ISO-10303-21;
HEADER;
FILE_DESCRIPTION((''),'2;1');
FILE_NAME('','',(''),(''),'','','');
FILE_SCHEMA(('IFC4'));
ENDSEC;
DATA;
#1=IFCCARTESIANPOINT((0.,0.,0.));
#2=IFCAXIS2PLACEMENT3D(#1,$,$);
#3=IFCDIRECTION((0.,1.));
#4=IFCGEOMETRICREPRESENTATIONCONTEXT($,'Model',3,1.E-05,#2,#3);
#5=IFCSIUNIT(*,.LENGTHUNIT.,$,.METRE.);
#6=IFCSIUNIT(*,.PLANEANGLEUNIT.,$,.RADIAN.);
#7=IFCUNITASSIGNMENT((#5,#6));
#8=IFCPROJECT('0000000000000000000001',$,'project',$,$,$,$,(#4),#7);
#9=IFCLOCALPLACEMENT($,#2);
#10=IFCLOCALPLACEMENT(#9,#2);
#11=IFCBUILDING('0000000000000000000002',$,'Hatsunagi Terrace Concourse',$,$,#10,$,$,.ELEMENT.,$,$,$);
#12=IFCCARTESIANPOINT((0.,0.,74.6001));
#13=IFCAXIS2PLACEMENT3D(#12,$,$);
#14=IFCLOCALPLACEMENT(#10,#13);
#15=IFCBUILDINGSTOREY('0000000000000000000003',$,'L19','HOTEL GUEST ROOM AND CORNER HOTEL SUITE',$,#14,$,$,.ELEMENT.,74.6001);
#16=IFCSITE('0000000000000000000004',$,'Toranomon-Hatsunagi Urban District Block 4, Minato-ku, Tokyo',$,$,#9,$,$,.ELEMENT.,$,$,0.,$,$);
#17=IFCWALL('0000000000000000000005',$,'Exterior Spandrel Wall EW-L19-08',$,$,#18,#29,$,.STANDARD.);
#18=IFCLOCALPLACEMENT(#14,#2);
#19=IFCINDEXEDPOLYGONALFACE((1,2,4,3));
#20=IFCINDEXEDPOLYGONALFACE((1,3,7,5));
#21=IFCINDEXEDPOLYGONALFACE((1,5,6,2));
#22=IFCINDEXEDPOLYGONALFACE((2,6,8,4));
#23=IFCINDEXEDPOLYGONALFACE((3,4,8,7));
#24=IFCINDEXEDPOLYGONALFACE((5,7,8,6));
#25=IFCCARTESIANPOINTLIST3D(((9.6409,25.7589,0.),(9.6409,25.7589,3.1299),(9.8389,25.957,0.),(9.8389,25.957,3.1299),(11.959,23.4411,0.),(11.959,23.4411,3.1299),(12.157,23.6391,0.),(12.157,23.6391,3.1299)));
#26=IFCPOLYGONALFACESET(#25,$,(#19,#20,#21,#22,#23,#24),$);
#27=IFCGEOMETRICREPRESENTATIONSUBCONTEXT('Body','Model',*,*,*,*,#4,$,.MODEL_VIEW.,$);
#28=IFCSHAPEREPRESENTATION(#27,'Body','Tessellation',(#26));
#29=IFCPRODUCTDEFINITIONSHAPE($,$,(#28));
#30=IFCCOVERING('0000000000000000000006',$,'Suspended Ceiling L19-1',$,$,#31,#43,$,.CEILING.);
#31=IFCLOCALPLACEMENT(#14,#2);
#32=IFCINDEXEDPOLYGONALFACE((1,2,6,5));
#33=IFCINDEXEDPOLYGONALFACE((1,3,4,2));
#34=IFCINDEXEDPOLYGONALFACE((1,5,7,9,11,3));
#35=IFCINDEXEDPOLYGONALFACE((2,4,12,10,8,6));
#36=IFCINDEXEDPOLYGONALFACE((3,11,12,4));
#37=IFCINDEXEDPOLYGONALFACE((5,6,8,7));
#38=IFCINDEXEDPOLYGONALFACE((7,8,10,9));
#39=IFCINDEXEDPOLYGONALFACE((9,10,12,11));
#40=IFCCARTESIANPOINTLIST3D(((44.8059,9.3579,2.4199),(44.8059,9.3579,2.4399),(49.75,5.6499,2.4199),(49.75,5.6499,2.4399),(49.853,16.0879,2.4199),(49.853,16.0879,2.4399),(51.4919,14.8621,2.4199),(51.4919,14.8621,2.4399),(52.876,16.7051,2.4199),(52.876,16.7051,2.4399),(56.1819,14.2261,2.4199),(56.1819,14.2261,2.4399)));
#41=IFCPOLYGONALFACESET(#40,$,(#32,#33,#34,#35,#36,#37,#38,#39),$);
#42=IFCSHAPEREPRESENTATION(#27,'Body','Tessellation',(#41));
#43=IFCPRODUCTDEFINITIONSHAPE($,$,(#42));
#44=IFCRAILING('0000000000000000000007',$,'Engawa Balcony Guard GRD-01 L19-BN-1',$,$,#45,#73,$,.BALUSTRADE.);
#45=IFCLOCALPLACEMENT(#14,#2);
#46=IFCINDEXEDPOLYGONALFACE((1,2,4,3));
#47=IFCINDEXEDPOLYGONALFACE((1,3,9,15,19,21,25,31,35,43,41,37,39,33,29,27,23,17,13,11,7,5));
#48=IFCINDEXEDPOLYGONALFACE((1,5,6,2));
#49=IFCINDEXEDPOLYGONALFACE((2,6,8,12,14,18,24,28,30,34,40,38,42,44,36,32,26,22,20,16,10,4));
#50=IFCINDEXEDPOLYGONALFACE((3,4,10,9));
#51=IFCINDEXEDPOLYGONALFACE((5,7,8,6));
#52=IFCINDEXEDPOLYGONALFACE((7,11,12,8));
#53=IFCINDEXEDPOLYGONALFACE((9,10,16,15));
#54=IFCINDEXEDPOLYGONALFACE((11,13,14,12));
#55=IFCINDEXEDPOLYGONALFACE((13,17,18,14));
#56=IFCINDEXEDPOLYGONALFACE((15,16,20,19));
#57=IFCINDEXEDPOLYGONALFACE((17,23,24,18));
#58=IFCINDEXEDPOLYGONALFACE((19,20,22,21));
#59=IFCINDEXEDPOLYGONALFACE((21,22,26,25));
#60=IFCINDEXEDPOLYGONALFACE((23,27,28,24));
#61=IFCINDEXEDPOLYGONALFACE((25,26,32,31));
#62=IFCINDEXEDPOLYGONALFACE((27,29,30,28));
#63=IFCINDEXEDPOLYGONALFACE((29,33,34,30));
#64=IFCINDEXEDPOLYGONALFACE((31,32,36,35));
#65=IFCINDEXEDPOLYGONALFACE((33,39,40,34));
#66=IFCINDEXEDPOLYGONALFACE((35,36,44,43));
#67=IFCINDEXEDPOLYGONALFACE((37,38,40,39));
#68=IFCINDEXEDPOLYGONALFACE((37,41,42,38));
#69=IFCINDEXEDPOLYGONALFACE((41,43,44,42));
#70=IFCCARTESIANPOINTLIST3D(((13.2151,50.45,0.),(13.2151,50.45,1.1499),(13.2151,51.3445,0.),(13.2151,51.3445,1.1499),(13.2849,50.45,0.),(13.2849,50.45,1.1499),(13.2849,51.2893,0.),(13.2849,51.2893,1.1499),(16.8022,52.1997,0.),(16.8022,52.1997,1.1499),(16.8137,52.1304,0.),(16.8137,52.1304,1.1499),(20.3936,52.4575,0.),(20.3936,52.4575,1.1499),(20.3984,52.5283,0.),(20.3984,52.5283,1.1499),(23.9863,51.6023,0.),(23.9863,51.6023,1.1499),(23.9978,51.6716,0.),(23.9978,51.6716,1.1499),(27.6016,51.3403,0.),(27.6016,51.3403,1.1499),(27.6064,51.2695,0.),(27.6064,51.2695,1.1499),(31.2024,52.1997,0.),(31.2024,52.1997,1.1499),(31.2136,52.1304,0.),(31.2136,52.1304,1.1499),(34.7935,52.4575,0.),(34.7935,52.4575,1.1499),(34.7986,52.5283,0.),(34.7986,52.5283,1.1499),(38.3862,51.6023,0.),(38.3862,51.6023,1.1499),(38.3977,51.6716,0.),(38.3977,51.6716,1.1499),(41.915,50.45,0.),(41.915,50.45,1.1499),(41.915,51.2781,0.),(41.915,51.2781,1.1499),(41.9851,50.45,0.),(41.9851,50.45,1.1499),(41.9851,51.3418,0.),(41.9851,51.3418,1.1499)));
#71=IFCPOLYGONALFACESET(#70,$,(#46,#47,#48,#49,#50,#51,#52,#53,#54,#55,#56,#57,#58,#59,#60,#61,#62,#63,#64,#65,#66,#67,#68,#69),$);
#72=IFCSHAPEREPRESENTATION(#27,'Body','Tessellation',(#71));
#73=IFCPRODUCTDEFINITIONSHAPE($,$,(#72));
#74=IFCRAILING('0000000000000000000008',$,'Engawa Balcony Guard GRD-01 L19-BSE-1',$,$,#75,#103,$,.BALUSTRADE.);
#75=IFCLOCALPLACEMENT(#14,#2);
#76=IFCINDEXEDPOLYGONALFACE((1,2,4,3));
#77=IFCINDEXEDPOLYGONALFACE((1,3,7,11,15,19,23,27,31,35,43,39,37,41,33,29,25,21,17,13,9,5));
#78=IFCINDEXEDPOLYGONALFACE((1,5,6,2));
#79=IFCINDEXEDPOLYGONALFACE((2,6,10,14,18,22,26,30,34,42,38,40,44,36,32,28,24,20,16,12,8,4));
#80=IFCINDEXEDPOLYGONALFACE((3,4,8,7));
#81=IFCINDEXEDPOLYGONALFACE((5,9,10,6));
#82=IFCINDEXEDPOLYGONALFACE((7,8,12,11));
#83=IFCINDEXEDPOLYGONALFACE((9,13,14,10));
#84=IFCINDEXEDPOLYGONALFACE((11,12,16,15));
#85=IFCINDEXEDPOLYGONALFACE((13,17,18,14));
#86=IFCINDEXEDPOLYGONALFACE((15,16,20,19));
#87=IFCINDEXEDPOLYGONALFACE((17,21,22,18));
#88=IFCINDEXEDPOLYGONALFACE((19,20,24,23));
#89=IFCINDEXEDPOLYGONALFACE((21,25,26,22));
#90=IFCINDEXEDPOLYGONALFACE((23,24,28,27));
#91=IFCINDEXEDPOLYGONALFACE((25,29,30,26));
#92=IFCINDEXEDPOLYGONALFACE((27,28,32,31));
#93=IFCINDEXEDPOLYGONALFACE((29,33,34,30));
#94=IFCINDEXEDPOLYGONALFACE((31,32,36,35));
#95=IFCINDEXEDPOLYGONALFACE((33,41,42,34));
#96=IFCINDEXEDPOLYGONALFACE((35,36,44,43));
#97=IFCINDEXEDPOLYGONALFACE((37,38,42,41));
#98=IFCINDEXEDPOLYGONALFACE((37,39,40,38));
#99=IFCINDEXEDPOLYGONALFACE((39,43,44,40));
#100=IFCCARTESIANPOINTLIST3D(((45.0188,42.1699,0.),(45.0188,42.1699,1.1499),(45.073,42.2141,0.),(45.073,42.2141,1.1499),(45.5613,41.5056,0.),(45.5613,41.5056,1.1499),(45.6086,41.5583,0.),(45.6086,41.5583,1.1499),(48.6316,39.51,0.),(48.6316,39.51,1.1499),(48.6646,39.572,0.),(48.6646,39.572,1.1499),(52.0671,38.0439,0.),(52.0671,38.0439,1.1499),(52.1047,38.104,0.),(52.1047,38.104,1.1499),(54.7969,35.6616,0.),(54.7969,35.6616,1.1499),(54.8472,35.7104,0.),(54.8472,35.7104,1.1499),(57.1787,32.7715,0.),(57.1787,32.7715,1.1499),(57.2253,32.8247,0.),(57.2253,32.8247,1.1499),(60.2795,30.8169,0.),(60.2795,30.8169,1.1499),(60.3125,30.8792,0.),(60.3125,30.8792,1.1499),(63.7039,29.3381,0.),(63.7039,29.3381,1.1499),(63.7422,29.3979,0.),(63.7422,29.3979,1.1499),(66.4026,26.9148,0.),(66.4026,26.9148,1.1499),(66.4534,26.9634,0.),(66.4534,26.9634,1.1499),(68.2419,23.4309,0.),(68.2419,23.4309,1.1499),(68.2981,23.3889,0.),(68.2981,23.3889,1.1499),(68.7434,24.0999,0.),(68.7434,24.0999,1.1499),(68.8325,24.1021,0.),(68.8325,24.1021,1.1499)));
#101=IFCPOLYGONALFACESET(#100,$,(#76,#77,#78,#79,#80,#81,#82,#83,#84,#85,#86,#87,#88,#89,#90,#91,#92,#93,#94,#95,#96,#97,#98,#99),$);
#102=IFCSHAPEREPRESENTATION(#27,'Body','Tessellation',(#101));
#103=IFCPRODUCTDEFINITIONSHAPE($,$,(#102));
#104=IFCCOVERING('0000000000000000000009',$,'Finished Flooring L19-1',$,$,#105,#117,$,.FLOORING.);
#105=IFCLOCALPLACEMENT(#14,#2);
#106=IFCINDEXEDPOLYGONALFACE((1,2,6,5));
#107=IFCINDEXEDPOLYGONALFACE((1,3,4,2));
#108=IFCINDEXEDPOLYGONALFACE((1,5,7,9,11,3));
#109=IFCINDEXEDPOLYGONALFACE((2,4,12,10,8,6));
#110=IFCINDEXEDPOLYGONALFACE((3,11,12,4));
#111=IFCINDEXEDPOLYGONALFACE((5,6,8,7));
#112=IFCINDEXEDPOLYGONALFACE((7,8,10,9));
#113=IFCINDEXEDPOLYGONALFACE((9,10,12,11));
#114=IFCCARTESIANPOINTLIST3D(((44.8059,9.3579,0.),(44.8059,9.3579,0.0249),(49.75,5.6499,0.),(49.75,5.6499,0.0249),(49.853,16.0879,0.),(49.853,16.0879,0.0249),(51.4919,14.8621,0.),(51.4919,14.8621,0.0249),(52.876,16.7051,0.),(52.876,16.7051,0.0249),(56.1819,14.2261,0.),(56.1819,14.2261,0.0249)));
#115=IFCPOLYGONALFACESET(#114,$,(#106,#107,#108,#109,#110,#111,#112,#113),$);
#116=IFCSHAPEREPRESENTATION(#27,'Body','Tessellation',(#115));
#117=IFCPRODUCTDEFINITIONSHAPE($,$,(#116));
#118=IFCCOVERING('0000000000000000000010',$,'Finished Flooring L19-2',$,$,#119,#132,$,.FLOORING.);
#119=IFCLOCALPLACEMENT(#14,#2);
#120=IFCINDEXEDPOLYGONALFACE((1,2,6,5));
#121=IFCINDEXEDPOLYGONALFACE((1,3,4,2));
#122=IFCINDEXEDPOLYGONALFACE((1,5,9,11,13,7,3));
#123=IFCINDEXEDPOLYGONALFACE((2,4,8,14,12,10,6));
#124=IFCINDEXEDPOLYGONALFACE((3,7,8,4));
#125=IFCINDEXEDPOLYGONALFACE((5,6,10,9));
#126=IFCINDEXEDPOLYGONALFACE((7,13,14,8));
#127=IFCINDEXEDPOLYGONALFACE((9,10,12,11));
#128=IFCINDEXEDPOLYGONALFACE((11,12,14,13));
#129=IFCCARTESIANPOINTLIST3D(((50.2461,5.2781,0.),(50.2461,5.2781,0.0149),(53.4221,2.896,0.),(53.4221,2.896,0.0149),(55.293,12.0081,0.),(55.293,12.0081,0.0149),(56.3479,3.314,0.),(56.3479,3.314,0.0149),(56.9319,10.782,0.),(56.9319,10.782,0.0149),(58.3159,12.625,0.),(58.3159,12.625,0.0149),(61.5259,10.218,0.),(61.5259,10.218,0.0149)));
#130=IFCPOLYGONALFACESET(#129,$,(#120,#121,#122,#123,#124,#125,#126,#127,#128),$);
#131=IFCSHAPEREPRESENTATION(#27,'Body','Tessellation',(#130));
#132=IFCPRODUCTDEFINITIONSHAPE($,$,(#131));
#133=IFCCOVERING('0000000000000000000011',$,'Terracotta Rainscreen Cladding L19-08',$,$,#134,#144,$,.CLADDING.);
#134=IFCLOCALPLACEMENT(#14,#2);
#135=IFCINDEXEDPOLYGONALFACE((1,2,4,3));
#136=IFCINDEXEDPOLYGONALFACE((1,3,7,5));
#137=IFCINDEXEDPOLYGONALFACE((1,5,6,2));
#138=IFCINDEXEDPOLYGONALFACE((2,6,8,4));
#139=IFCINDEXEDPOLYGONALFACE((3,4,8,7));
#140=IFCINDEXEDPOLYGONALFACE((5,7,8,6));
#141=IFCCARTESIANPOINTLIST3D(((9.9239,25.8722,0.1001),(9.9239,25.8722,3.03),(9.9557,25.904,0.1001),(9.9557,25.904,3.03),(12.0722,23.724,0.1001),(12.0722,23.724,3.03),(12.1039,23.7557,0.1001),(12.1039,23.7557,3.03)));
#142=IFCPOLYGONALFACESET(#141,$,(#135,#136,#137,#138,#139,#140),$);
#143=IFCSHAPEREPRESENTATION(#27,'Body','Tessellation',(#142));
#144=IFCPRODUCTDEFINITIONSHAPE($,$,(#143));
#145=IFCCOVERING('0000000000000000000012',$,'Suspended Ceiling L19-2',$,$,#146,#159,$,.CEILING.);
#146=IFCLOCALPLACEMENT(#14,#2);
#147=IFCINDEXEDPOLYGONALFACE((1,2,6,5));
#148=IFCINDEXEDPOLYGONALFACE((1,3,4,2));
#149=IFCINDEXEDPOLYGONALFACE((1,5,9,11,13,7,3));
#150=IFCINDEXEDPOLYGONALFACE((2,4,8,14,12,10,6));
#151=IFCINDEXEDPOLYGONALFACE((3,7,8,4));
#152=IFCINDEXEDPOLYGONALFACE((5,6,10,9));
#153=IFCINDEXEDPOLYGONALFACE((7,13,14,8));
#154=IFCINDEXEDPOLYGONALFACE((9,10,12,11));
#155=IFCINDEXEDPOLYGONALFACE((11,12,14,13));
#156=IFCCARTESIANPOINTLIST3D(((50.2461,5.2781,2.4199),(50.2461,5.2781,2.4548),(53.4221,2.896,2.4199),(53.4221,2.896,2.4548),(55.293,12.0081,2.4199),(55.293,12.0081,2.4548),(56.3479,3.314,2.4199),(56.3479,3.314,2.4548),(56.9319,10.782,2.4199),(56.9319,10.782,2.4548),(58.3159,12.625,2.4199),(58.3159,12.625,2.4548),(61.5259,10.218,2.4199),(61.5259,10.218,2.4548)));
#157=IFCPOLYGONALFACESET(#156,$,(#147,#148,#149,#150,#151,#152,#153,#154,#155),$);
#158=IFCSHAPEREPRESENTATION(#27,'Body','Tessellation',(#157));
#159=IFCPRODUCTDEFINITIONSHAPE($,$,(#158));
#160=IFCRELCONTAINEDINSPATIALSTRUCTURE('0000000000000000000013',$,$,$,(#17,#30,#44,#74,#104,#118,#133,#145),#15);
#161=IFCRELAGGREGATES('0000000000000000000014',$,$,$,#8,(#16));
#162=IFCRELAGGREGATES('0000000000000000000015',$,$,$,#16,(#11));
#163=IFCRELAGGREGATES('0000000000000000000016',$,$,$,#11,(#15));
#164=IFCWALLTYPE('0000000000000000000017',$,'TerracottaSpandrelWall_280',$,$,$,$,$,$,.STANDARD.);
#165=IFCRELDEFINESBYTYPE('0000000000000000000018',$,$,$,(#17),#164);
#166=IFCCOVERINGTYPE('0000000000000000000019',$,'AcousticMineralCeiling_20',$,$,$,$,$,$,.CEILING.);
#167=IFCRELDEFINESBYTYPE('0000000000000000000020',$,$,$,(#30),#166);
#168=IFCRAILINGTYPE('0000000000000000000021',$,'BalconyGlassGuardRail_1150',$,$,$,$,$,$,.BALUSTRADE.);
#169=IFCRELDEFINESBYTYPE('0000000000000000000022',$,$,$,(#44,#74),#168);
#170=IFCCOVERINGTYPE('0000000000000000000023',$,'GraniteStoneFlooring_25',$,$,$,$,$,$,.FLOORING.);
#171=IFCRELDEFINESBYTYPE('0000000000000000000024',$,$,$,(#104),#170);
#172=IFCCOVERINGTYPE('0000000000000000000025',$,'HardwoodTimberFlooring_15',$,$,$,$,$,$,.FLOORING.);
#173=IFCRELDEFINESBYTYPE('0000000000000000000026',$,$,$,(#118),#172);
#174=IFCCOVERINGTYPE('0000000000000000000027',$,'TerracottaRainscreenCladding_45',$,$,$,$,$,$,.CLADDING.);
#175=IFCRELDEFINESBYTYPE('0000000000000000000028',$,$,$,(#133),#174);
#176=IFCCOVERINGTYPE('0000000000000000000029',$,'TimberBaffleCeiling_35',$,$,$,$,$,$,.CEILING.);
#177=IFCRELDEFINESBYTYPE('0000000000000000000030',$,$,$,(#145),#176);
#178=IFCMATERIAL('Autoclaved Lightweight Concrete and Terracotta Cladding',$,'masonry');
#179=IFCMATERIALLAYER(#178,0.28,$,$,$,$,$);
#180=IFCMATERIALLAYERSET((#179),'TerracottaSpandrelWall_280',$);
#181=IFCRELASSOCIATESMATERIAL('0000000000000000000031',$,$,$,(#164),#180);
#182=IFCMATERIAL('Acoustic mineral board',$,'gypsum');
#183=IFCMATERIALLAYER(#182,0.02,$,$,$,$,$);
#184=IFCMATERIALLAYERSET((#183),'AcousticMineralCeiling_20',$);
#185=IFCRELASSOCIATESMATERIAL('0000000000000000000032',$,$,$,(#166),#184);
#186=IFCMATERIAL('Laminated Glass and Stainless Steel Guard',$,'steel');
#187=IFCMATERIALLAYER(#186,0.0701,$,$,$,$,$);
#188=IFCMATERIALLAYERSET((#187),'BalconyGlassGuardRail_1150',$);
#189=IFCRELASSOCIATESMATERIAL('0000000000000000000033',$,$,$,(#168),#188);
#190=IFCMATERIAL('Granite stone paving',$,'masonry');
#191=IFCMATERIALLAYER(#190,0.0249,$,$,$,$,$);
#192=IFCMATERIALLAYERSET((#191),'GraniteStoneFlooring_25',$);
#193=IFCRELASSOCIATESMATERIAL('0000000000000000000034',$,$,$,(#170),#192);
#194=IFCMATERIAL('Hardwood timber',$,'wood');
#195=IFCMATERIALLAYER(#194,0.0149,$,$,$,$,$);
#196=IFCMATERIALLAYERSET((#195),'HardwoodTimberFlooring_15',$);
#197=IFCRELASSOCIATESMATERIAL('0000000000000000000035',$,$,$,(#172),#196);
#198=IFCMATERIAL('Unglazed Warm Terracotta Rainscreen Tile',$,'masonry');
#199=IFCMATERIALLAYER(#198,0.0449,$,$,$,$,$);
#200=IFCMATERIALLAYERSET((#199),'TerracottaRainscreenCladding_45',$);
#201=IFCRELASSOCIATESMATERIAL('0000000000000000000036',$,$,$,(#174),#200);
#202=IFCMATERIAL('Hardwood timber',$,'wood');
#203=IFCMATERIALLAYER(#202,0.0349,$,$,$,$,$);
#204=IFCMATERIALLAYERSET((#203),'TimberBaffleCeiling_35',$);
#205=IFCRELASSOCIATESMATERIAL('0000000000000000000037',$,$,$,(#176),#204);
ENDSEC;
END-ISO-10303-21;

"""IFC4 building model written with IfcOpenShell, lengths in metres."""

from ifc_helpers import new_model, si_unit, direction, frame, frame_2d, origin, origin_2d, place, context, subcontext, project, spatial, polyline, rectangle, outline, extrude, material, layer, layer_set, type_object, element, save


model = new_model("IFC4")

# Units and contexts
model_context = context("Model", 3, precision=1e-05, world=origin(), true_north=direction((0.0, 1.0)))
body_context = subcontext(model_context, "Body", "Model", "MODEL_VIEW")
ifc_project = project(units=[si_unit("LENGTHUNIT", "METRE"), si_unit("PLANEANGLEUNIT", "RADIAN")], contexts=[model_context])

# Site, building, storey
site_placement = place(None, origin())
site = spatial("IfcSite", under=ifc_project, at=site_placement, Name="Toranomon-Hatsunagi Urban District Block 4, Minato-ku, Tokyo", CompositionType="ELEMENT", RefElevation=0.0)
building_placement = place(site_placement, origin())
building = spatial("IfcBuilding", under=site, at=building_placement, Name="Hatsunagi Terrace Concourse", CompositionType="ELEMENT")
storey_placement = place(building_placement, frame((0.0, 0.0, 74.6001)))
storey = spatial("IfcBuildingStorey", under=building, at=storey_placement, Name="L19", Description="HOTEL GUEST ROOM AND CORNER HOTEL SUITE", CompositionType="ELEMENT", Elevation=74.6001)

# Wall
ifc_material_1 = material(Name="Autoclaved Lightweight Concrete and Terracotta Cladding", Category="masonry")
ifc_layer_1 = layer(ifc_material_1, 0.28)
ifc_layer_set_1 = layer_set([ifc_layer_1], Name="TerracottaSpandrelWall_280")
wall_type = type_object("IfcWallType", Name="TerracottaSpandrelWall_280", PredefinedType="STANDARD", material=ifc_layer_set_1)
wall_placement = place(storey_placement, frame((12.0581, 23.54, 0.0), z_axis=(0.0, 0.0, 1.0), x_axis=(-0.707144, 0.70707, 0.0)))
element("IfcWall", 1, at=wall_placement, inside=storey, type_object=wall_type, Name="Exterior Spandrel Wall EW-L19-08", PredefinedType="STANDARD", context=body_context, shape_type="SweptSolid", body=[
    extrude(rectangle(XDim=3.2781, YDim=0.28, at=frame_2d((1.6392, 0.0))), origin(), (0.0, 0.0, 1.0), 3.1299),
])

# Covering
ifc_material_2 = material(Name="Acoustic mineral board", Category="gypsum")
ifc_layer_2 = layer(ifc_material_2, 0.02)
ifc_layer_set_2 = layer_set([ifc_layer_2], Name="AcousticMineralCeiling_20")
covering_type_1 = type_object("IfcCoveringType", Name="AcousticMineralCeiling_20", PredefinedType="CEILING", material=ifc_layer_set_2)
covering_1_placement = place(storey_placement, frame((0.0, 0.0, 2.4199)))
element("IfcCovering", 2, at=covering_1_placement, inside=storey, type_object=covering_type_1, Name="Suspended Ceiling L19-1", PredefinedType="CEILING", context=body_context, shape_type="SweptSolid", body=[
    extrude(outline(polyline([(49.75, 5.6499), (56.1819, 14.2261), (52.876, 16.7051), (51.4919, 14.8621), (49.853, 16.0879), (44.8059, 9.3579), (49.75, 5.6499)])), origin(), (0.0, 0.0, 1.0), 0.02),
])

# Railings
ifc_material_3 = material(Name="Laminated Glass and Stainless Steel Guard", Category="steel")
ifc_layer_3 = layer(ifc_material_3, 0.0701)
ifc_layer_set_3 = layer_set([ifc_layer_3], Name="BalconyGlassGuardRail_1150")
railing_type = type_object("IfcRailingType", Name="BalconyGlassGuardRail_1150", PredefinedType="BALUSTRADE", material=ifc_layer_set_3)
railing_1_placement = place(storey_placement, origin())
element("IfcRailing", 3, at=railing_1_placement, inside=storey, type_object=railing_type, Name="Engawa Balcony Guard GRD-01 L19-BN-1", PredefinedType="BALUSTRADE", context=body_context, shape_type="SweptSolid", body=[
    extrude(outline(polyline([(13.2151, 50.45), (13.2849, 50.45), (13.2849, 51.2893), (16.8137, 52.1304), (20.3936, 52.4575), (23.9863, 51.6023), (27.6064, 51.2695), (31.2136, 52.1304), (34.7935, 52.4575), (38.3862, 51.6023), (41.915, 51.2781), (41.915, 50.45), (41.9851, 50.45), (41.9851, 51.3418), (38.3977, 51.6716), (34.7986, 52.5283), (31.2024, 52.1997), (27.6016, 51.3403), (23.9978, 51.6716), (20.3984, 52.5283), (16.8022, 52.1997), (13.2151, 51.3445), (13.2151, 50.45)])), origin(), (0.0, 0.0, 1.0), 1.1499),
])
railing_2_placement = place(storey_placement, origin())
element("IfcRailing", 4, at=railing_2_placement, inside=storey, type_object=railing_type, Name="Engawa Balcony Guard GRD-01 L19-BSE-1", PredefinedType="BALUSTRADE", context=body_context, shape_type="SweptSolid", body=[
    extrude(outline(polyline([(45.073, 42.2141), (45.0188, 42.1699), (45.5613, 41.5056), (48.6316, 39.51), (52.0671, 38.0439), (54.7969, 35.6616), (57.1787, 32.7715), (60.2795, 30.8169), (63.7039, 29.3381), (66.4026, 26.9148), (68.7434, 24.0999), (68.2419, 23.4309), (68.2981, 23.3889), (68.8325, 24.1021), (66.4534, 26.9634), (63.7422, 29.3979), (60.3125, 30.8792), (57.2253, 32.8247), (54.8472, 35.7104), (52.1047, 38.104), (48.6646, 39.572), (45.6086, 41.5583), (45.073, 42.2141)])), origin(), (0.0, 0.0, 1.0), 1.1499),
])

# Coverings
ifc_material_4 = material(Name="Granite stone paving", Category="masonry")
ifc_layer_4 = layer(ifc_material_4, 0.0249)
ifc_layer_set_4 = layer_set([ifc_layer_4], Name="GraniteStoneFlooring_25")
covering_type_2 = type_object("IfcCoveringType", Name="GraniteStoneFlooring_25", PredefinedType="FLOORING", material=ifc_layer_set_4)
covering_2_placement = place(storey_placement, origin())
element("IfcCovering", 5, at=covering_2_placement, inside=storey, type_object=covering_type_2, Name="Finished Flooring L19-1", PredefinedType="FLOORING", context=body_context, shape_type="SweptSolid", body=[
    extrude(outline(polyline([(49.75, 5.6499), (56.1819, 14.2261), (52.876, 16.7051), (51.4919, 14.8621), (49.853, 16.0879), (44.8059, 9.3579), (49.75, 5.6499)])), origin(), (0.0, 0.0, 1.0), 0.0249),
])
ifc_material_5 = material(Name="Hardwood timber", Category="wood")
ifc_layer_5 = layer(ifc_material_5, 0.0149)
ifc_layer_set_5 = layer_set([ifc_layer_5], Name="HardwoodTimberFlooring_15")
covering_type_3 = type_object("IfcCoveringType", Name="HardwoodTimberFlooring_15", PredefinedType="FLOORING", material=ifc_layer_set_5)
covering_3_placement = place(storey_placement, origin())
element("IfcCovering", 6, at=covering_3_placement, inside=storey, type_object=covering_type_3, Name="Finished Flooring L19-2", PredefinedType="FLOORING", context=body_context, shape_type="SweptSolid", body=[
    extrude(outline(polyline([(56.3479, 3.314), (61.5259, 10.218), (58.3159, 12.625), (56.9319, 10.782), (55.293, 12.0081), (50.2461, 5.2781), (53.4221, 2.896), (56.3479, 3.314)])), origin(), (0.0, 0.0, 1.0), 0.0149),
])
ifc_material_6 = material(Name="Unglazed Warm Terracotta Rainscreen Tile", Category="masonry")
ifc_layer_6 = layer(ifc_material_6, 0.0449)
ifc_layer_set_6 = layer_set([ifc_layer_6], Name="TerracottaRainscreenCladding_45")
covering_type_4 = type_object("IfcCoveringType", Name="TerracottaRainscreenCladding_45", PredefinedType="CLADDING", material=ifc_layer_set_6)
covering_4_placement = place(storey_placement, frame((11.0139, 24.814, 0.1001), z_axis=(0.0, 0.0, 1.0), x_axis=(-0.707107, 0.707107, 0.0)))
element("IfcCovering", 7, at=covering_4_placement, inside=storey, type_object=covering_type_4, Name="Terracotta Rainscreen Cladding L19-08", PredefinedType="CLADDING", context=body_context, shape_type="SweptSolid", body=[
    extrude(rectangle(XDim=3.0381, YDim=0.0449, at=origin_2d()), origin(), (0.0, 0.0, 1.0), 2.9299),
])
ifc_material_7 = material(Name="Hardwood timber", Category="wood")
ifc_layer_7 = layer(ifc_material_7, 0.0349)
ifc_layer_set_7 = layer_set([ifc_layer_7], Name="TimberBaffleCeiling_35")
covering_type_5 = type_object("IfcCoveringType", Name="TimberBaffleCeiling_35", PredefinedType="CEILING", material=ifc_layer_set_7)
covering_5_placement = place(storey_placement, frame((0.0, 0.0, 2.4199)))
element("IfcCovering", 8, at=covering_5_placement, inside=storey, type_object=covering_type_5, Name="Suspended Ceiling L19-2", PredefinedType="CEILING", context=body_context, shape_type="SweptSolid", body=[
    extrude(outline(polyline([(56.3479, 3.314), (61.5259, 10.218), (58.3159, 12.625), (56.9319, 10.782), (55.293, 12.0081), (50.2461, 5.2781), (53.4221, 2.896), (56.3479, 3.314)])), origin(), (0.0, 0.0, 1.0), 0.0349),
])

save(model, "model.ifc")
